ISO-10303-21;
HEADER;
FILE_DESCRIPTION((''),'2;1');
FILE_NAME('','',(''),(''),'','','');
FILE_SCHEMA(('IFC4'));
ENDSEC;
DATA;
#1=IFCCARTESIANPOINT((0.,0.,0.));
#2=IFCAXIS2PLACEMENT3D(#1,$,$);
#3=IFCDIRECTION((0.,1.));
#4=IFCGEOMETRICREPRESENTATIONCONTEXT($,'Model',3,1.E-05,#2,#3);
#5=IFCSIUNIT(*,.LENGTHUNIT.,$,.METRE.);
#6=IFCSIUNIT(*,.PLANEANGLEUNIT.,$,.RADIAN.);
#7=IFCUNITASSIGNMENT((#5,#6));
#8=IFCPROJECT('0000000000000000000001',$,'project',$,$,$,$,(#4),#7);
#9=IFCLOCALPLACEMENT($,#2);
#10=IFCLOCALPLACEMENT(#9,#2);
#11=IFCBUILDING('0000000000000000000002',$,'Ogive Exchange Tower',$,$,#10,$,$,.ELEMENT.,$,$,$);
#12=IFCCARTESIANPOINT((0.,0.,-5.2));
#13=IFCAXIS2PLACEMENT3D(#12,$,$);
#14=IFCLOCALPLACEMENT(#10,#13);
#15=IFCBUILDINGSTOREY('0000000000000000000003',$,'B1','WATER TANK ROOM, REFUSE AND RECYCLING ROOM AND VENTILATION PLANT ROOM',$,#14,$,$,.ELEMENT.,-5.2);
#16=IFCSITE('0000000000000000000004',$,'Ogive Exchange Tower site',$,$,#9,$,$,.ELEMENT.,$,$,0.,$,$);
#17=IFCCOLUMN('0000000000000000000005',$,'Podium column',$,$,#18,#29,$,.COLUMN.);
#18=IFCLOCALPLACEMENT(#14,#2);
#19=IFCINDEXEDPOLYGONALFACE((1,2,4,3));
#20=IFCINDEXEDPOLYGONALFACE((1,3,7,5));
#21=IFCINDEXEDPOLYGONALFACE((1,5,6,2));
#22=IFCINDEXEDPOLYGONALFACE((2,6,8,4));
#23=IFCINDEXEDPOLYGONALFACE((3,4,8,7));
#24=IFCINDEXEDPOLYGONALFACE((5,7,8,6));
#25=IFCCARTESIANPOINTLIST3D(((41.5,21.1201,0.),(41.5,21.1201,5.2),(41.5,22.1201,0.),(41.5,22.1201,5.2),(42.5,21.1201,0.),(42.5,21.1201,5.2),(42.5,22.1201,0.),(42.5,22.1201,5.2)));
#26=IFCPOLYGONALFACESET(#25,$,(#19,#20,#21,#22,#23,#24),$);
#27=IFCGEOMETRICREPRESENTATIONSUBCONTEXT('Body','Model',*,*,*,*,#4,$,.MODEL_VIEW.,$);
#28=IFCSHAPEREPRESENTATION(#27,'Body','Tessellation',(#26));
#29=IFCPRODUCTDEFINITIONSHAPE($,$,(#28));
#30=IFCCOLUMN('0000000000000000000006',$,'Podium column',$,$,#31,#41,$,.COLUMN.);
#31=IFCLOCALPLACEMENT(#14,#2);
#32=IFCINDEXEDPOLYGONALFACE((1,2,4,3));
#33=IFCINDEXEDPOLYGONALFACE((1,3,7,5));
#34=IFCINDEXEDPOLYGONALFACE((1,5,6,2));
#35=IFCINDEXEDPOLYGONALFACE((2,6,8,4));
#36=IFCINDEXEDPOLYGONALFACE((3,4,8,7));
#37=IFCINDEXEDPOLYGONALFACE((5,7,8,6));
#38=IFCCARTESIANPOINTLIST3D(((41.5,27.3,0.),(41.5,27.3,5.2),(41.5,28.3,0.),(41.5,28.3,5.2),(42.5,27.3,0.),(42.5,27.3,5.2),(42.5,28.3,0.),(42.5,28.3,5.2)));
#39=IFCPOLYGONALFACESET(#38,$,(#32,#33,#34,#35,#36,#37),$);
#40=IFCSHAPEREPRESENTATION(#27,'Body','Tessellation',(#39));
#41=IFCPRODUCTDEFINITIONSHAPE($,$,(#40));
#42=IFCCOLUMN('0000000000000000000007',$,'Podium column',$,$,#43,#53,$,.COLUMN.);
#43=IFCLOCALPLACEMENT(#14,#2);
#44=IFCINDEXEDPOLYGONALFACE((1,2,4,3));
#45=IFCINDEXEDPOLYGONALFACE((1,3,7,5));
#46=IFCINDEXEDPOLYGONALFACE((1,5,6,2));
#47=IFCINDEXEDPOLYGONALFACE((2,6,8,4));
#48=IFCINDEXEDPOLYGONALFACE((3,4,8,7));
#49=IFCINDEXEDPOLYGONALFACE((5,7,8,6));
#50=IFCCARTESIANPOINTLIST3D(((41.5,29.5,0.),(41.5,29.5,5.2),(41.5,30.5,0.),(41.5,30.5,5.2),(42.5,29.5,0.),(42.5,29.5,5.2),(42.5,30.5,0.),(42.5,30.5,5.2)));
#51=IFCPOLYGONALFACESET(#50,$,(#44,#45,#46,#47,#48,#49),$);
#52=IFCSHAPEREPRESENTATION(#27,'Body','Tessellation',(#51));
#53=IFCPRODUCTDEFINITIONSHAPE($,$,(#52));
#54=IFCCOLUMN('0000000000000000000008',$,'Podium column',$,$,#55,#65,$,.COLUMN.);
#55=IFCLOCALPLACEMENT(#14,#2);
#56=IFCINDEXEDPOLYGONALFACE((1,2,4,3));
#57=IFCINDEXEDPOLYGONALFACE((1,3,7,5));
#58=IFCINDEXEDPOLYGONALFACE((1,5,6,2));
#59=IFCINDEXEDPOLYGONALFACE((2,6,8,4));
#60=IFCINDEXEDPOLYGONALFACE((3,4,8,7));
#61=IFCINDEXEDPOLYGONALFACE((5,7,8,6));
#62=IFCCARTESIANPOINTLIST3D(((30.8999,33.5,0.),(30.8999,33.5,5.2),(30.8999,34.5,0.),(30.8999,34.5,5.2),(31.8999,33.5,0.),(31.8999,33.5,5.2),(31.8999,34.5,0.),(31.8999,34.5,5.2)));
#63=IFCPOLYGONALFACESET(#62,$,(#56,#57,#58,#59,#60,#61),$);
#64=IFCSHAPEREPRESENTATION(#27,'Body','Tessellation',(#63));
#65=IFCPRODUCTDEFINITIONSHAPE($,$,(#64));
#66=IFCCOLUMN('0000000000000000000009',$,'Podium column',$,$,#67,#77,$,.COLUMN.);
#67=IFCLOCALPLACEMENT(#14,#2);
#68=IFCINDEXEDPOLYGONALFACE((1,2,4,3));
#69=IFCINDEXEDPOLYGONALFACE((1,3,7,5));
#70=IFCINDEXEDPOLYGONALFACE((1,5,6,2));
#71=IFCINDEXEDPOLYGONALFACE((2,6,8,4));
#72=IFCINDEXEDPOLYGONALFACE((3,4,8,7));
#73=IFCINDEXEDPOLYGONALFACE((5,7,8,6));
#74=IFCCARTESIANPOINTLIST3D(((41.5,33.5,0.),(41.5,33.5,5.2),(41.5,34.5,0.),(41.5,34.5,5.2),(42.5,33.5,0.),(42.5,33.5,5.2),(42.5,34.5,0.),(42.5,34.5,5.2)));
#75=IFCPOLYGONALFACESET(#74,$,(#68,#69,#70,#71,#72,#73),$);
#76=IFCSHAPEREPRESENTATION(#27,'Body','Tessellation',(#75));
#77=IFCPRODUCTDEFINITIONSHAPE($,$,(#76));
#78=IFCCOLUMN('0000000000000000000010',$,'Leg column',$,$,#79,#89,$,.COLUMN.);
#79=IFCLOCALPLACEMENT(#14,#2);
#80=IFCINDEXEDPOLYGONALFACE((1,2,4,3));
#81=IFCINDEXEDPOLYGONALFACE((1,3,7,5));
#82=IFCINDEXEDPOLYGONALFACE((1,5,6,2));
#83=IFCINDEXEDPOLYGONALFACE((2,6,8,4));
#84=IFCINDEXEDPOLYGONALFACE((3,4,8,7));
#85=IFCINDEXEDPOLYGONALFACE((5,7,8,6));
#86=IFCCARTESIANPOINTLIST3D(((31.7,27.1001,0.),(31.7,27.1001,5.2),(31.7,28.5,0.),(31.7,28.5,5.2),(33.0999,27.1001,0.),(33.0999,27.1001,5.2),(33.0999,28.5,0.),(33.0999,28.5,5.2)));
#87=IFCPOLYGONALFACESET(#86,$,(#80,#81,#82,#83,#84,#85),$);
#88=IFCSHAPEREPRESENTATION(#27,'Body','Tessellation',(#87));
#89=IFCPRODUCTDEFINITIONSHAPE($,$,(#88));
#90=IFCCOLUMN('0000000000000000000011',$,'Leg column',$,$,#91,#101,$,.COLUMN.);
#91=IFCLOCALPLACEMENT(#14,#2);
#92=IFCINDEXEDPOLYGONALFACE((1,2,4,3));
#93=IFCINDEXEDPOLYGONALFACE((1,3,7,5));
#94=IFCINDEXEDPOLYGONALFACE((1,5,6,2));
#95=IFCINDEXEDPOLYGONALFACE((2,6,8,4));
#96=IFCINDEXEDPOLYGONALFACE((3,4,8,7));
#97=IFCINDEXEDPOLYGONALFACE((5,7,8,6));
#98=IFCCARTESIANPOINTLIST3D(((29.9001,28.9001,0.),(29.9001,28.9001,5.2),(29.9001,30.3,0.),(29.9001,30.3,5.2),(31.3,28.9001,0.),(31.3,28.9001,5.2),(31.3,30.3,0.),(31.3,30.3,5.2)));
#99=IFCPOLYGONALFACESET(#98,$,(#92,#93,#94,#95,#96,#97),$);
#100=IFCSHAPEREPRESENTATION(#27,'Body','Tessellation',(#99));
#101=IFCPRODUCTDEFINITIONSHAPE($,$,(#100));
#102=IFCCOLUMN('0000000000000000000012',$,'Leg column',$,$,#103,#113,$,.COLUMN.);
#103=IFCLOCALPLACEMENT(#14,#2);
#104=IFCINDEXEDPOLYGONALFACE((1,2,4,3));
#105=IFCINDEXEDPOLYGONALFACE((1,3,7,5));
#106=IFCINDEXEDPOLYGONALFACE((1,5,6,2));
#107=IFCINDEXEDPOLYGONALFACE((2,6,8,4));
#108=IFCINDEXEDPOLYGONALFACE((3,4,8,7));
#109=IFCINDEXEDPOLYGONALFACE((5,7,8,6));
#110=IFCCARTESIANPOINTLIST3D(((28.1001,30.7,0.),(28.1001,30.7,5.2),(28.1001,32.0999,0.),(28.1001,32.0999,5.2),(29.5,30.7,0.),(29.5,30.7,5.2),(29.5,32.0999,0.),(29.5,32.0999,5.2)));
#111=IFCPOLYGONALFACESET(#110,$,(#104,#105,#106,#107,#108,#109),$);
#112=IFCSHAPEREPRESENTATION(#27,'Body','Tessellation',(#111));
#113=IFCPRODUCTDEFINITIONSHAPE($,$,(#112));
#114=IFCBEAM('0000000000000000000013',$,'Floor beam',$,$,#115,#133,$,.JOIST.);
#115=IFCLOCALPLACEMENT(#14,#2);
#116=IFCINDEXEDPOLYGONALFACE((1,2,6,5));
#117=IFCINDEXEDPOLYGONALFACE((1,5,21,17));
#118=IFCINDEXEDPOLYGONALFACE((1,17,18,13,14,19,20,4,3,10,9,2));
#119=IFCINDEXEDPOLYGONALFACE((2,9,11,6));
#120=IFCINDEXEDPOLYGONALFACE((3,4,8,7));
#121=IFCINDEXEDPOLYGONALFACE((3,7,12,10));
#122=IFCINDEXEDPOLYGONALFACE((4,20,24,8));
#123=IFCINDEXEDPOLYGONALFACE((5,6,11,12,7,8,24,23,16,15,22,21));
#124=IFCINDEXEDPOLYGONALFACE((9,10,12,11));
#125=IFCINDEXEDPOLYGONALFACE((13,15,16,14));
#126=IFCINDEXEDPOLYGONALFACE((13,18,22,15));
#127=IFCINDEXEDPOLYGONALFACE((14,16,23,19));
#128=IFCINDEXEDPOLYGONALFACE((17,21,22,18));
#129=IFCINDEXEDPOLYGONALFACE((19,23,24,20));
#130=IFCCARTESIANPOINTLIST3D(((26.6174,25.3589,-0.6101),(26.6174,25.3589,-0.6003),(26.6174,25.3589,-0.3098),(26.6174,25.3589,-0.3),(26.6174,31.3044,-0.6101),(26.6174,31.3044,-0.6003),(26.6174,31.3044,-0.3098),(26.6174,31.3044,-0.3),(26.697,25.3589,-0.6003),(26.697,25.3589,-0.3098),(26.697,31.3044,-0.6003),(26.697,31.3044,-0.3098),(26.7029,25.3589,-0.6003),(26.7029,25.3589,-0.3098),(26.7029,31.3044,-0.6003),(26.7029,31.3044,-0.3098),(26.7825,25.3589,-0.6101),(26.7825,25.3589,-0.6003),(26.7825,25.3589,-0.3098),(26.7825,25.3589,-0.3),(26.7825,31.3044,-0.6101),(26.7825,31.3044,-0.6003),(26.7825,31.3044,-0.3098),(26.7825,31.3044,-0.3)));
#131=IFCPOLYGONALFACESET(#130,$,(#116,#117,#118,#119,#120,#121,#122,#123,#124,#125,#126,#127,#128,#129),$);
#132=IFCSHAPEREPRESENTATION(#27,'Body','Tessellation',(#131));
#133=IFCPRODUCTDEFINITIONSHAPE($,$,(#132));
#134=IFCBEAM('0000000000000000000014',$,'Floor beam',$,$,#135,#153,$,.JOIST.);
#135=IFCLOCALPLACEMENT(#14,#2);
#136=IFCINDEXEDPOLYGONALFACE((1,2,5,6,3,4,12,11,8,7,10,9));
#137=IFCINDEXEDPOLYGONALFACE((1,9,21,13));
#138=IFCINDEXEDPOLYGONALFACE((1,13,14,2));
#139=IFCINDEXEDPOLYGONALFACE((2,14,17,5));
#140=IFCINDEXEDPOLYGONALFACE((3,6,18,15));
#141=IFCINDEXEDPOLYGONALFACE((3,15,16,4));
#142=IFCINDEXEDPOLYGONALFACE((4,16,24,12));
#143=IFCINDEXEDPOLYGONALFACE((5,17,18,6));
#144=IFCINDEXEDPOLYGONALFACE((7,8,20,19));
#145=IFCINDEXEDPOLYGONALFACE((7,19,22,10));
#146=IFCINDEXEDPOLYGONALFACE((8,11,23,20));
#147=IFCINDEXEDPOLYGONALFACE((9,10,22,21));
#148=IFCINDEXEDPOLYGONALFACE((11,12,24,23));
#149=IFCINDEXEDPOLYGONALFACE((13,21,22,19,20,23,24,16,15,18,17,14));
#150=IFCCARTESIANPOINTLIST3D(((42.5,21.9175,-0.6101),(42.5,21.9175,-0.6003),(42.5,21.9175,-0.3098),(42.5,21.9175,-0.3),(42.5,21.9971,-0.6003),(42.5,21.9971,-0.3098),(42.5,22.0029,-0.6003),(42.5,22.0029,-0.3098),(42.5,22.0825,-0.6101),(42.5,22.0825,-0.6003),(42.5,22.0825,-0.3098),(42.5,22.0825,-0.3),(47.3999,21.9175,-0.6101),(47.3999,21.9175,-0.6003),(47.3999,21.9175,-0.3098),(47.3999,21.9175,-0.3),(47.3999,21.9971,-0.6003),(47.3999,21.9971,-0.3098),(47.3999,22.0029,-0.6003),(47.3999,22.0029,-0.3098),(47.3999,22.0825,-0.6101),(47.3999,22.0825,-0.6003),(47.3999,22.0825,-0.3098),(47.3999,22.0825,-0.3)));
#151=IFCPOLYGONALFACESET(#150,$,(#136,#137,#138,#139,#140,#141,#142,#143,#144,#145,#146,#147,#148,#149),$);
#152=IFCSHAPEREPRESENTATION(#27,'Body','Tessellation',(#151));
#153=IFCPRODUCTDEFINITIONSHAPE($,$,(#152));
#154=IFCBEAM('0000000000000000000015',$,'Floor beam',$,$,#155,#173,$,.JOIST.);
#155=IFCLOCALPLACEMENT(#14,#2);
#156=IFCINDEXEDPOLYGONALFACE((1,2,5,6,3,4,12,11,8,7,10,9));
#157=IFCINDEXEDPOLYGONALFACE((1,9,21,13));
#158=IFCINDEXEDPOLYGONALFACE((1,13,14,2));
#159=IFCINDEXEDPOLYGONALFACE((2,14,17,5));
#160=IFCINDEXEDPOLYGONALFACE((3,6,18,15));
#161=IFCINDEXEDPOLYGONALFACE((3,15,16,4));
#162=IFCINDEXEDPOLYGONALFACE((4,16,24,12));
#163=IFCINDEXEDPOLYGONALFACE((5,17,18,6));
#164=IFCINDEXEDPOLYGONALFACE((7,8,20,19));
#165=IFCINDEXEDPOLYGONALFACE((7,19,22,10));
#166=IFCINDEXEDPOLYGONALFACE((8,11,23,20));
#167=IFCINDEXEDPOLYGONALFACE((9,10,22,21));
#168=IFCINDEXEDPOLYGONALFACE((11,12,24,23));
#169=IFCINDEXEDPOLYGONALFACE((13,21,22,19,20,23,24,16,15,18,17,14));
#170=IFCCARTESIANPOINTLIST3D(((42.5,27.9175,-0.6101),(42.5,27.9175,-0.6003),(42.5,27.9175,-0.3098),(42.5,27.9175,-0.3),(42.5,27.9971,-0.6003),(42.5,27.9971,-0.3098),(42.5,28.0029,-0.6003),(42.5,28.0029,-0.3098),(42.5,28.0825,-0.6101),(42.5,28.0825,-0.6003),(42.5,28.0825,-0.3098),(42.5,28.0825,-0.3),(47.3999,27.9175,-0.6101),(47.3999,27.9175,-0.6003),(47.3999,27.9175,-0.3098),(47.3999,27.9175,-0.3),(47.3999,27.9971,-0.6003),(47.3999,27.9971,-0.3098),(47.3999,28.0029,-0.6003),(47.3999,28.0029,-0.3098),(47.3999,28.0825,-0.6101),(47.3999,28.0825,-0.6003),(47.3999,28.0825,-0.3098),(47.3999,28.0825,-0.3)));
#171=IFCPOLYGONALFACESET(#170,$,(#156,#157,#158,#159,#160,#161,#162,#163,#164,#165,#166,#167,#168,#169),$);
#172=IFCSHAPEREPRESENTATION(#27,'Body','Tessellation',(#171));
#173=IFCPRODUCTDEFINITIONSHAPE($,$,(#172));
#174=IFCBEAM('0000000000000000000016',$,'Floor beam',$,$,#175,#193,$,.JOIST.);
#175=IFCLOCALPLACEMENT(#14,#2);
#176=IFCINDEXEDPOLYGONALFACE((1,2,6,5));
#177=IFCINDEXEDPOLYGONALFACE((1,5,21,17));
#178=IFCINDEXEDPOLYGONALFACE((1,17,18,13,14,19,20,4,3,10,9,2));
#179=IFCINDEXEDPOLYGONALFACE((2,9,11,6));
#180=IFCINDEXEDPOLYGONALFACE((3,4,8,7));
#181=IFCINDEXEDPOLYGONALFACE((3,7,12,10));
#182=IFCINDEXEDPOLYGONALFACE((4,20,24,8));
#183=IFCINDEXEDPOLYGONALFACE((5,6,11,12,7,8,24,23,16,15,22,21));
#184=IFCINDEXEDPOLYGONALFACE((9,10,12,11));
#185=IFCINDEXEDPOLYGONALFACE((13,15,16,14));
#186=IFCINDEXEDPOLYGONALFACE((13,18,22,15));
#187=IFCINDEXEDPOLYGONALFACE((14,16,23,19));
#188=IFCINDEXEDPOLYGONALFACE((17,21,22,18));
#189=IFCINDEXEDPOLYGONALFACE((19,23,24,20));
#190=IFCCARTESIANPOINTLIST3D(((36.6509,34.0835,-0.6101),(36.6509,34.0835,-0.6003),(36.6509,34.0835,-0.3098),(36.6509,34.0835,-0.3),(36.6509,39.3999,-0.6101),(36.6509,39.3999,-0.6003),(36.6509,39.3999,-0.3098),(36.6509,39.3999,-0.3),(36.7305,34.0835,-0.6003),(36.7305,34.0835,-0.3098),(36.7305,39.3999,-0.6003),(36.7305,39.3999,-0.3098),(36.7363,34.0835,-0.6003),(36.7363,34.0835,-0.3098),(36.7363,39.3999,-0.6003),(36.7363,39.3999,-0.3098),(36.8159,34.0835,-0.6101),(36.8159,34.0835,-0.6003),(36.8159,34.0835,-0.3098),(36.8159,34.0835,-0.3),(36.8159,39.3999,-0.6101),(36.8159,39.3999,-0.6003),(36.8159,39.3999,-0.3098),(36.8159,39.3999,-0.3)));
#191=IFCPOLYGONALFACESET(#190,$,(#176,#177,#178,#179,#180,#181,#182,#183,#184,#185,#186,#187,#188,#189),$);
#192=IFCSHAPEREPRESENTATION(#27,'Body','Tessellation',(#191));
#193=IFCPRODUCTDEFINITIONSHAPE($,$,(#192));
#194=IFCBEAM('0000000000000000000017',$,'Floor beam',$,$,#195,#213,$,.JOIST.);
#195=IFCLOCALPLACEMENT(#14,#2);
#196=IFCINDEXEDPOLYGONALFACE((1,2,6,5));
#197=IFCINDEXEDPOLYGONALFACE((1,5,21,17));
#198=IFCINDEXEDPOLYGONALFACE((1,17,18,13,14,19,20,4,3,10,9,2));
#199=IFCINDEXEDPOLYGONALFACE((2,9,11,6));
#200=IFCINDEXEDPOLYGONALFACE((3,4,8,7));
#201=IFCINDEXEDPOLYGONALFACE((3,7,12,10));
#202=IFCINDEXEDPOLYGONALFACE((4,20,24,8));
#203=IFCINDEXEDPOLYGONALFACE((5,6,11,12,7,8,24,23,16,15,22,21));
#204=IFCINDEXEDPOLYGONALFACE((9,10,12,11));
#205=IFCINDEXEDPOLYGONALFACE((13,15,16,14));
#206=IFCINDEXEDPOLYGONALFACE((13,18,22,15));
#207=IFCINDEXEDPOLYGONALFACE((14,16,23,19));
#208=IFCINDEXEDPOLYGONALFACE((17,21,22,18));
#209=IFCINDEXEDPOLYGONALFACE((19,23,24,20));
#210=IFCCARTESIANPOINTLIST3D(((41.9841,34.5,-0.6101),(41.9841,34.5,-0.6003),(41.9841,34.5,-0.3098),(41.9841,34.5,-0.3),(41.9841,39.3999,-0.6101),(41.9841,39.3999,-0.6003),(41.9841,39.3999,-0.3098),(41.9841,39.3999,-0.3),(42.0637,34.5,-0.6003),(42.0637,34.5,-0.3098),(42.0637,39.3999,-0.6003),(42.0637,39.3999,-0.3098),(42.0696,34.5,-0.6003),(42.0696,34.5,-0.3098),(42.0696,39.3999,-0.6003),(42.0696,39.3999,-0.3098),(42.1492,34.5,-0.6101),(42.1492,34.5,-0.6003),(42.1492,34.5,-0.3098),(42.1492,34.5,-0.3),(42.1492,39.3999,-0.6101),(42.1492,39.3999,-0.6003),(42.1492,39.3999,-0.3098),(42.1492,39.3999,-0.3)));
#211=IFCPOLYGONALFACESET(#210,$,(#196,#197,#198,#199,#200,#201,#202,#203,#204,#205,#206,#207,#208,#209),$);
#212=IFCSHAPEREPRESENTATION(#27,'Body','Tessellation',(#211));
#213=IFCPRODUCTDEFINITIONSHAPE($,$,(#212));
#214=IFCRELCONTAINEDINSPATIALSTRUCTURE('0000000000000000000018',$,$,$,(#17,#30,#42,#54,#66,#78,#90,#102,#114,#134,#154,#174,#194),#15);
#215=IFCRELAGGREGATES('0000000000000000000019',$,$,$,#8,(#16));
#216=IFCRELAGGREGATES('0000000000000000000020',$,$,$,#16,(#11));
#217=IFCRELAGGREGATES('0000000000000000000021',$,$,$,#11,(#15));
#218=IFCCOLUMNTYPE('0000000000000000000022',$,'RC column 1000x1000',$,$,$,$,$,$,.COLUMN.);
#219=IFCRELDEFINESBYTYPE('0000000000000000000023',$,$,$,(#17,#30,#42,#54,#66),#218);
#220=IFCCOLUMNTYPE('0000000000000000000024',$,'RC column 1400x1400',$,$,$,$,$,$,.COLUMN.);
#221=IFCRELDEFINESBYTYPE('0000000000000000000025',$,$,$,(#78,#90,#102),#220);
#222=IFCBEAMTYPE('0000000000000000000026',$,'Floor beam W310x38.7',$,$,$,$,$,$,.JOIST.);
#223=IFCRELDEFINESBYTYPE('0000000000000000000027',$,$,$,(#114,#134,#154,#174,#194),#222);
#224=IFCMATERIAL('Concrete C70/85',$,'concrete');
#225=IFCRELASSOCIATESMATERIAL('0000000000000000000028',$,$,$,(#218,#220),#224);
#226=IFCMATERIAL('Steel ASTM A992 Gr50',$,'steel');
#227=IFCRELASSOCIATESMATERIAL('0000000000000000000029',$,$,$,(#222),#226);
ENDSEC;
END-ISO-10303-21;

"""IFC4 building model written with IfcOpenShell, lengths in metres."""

from ifc_helpers import new_model, si_unit, direction, frame, origin, origin_2d, place, context, subcontext, project, spatial, rectangle, i_section, extrude, material, material_profile, profile_set, type_object, element, save


model = new_model("IFC4")

# Units and contexts
model_context = context("Model", 3, precision=1e-05, world=origin(), true_north=direction((0.0, 1.0)))
body_context = subcontext(model_context, "Body", "Model", "MODEL_VIEW")
ifc_project = project(units=[si_unit("LENGTHUNIT", "METRE"), si_unit("PLANEANGLEUNIT", "RADIAN")], contexts=[model_context])

# Site, building, storey
site_placement = place(None, origin())
site = spatial("IfcSite", under=ifc_project, at=site_placement, Name="Ogive Exchange Tower site", CompositionType="ELEMENT", RefElevation=0.0)
building_placement = place(site_placement, origin())
building = spatial("IfcBuilding", under=site, at=building_placement, Name="Ogive Exchange Tower", CompositionType="ELEMENT")
storey_placement = place(building_placement, frame((0.0, 0.0, -5.2)))
storey = spatial("IfcBuildingStorey", under=building, at=storey_placement, Name="B1", Description="WATER TANK ROOM, REFUSE AND RECYCLING ROOM AND VENTILATION PLANT ROOM", CompositionType="ELEMENT", Elevation=-5.2)

# Columns
ifc_material_1 = material(Name="Concrete C70/85", Category="concrete")
ifc_material_profile_1 = material_profile(ifc_material_1, rectangle(XDim=1.0, YDim=1.0, at=origin_2d()), Name="RC 1000x1000")
ifc_profile_set_1 = profile_set([ifc_material_profile_1], Name="Concrete C70/85")
column_type_1 = type_object("IfcColumnType", Name="RC column 1000x1000", PredefinedType="COLUMN", material=ifc_profile_set_1)
for number, where, z_axis, x_axis, name in (
    (1, (42.0, 21.6201, 0.0), (0.0, 0.0, 1.0), (1.0, 0.0, 0.0), "Podium column"),
    (2, (42.0, 27.8, 0.0), (0.0, 0.0, 1.0), (1.0, 0.0, 0.0), "Podium column"),
    (3, (42.0, 30.0, 0.0), (0.0, 0.0, 1.0), (1.0, 0.0, 0.0), "Podium column"),
    (4, (31.3999, 34.0, 0.0), (0.0, 0.0, 1.0), (1.0, 0.0, 0.0), "Podium column"),
    (5, (42.0, 34.0, 0.0), (0.0, 0.0, 1.0), (1.0, 0.0, 0.0), "Podium column"),
):
    element("IfcColumn", number, at=place(storey_placement, frame(where, z_axis=z_axis, x_axis=x_axis)), inside=storey, type_object=column_type_1, Name=name, PredefinedType="COLUMN", context=body_context, shape_type="SweptSolid", body=[
        extrude(rectangle(XDim=1.0, YDim=1.0, at=origin_2d()), origin(), (0.0, 0.0, 1.0), 5.2),
    ])
ifc_material_profile_2 = material_profile(ifc_material_1, rectangle(XDim=1.3999, YDim=1.3999, at=origin_2d()), Name="RC 1400x1400")
ifc_profile_set_2 = profile_set([ifc_material_profile_2], Name="Concrete C70/85")
column_type_2 = type_object("IfcColumnType", Name="RC column 1400x1400", PredefinedType="COLUMN", material=ifc_profile_set_2)
for number, where, z_axis, x_axis, name in (
    (6, (32.3999, 27.8, 0.0), (0.0, 0.0, 1.0), (1.0, 0.0, 0.0), "Leg column"),
    (7, (30.6001, 29.6001, 0.0), (0.0, 0.0, 1.0), (1.0, 0.0, 0.0), "Leg column"),
    (8, (28.8, 31.3999, 0.0), (0.0, 0.0, 1.0), (1.0, 0.0, 0.0), "Leg column"),
):
    element("IfcColumn", number, at=place(storey_placement, frame(where, z_axis=z_axis, x_axis=x_axis)), inside=storey, type_object=column_type_2, Name=name, PredefinedType="COLUMN", context=body_context, shape_type="SweptSolid", body=[
        extrude(rectangle(XDim=1.3999, YDim=1.3999, at=origin_2d()), origin(), (0.0, 0.0, 1.0), 5.2),
    ])

# Beams
ifc_material_2 = material(Name="Steel ASTM A992 Gr50", Category="steel")
ifc_material_profile_3 = material_profile(ifc_material_2, i_section(OverallWidth=0.165, OverallDepth=0.3101, WebThickness=0.0059, FlangeThickness=0.0098, at=origin_2d()), Name="W310x38.7")
ifc_profile_set_3 = profile_set([ifc_material_profile_3], Name="Steel ASTM A992 Gr50")
beam_type_1 = type_object("IfcBeamType", Name="Floor beam W310x38.7", PredefinedType="JOIST", material=ifc_profile_set_3)
beam_1_placement = place(storey_placement, frame((26.7, 25.3589, -0.4551), z_axis=(0.0, 1.0, 0.0), x_axis=(-1.0, 0.0, 0.0)))
element("IfcBeam", 9, at=beam_1_placement, inside=storey, type_object=beam_type_1, Name="Floor beam", PredefinedType="JOIST", context=body_context, shape_type="SweptSolid", body=[
    extrude(i_section(OverallWidth=0.165, OverallDepth=0.3101, WebThickness=0.0059, FlangeThickness=0.0098, at=origin_2d()), origin(), (0.0, 0.0, 1.0), 5.9456),
])
for number, where, z_axis, x_axis, name in (
    (10, (42.5, 22.0, -0.4551), (1.0, 0.0, 0.0), (0.0, 1.0, 0.0), "Floor beam"),
    (11, (42.5, 28.0, -0.4551), (1.0, 0.0, 0.0), (0.0, 1.0, 0.0), "Floor beam"),
):
    element("IfcBeam", number, at=place(storey_placement, frame(where, z_axis=z_axis, x_axis=x_axis)), inside=storey, type_object=beam_type_1, Name=name, PredefinedType="JOIST", context=body_context, shape_type="SweptSolid", body=[
        extrude(i_section(OverallWidth=0.165, OverallDepth=0.3101, WebThickness=0.0059, FlangeThickness=0.0098, at=origin_2d()), origin(), (0.0, 0.0, 1.0), 4.8999),
    ])
beam_2_placement = place(storey_placement, frame((36.7334, 34.0835, -0.4551), z_axis=(0.0, 1.0, 0.0), x_axis=(-1.0, 0.0, 0.0)))
element("IfcBeam", 12, at=beam_2_placement, inside=storey, type_object=beam_type_1, Name="Floor beam", PredefinedType="JOIST", context=body_context, shape_type="SweptSolid", body=[
    extrude(i_section(OverallWidth=0.165, OverallDepth=0.3101, WebThickness=0.0059, FlangeThickness=0.0098, at=origin_2d()), origin(), (0.0, 0.0, 1.0), 5.3164),
])
beam_3_placement = place(storey_placement, frame((42.0667, 34.5, -0.4551), z_axis=(0.0, 1.0, 0.0), x_axis=(-1.0, 0.0, 0.0)))
element("IfcBeam", 13, at=beam_3_placement, inside=storey, type_object=beam_type_1, Name="Floor beam", PredefinedType="JOIST", context=body_context, shape_type="SweptSolid", body=[
    extrude(i_section(OverallWidth=0.165, OverallDepth=0.3101, WebThickness=0.0059, FlangeThickness=0.0098, at=origin_2d()), origin(), (0.0, 0.0, 1.0), 4.8999),
])

save(model, "model.ifc")
